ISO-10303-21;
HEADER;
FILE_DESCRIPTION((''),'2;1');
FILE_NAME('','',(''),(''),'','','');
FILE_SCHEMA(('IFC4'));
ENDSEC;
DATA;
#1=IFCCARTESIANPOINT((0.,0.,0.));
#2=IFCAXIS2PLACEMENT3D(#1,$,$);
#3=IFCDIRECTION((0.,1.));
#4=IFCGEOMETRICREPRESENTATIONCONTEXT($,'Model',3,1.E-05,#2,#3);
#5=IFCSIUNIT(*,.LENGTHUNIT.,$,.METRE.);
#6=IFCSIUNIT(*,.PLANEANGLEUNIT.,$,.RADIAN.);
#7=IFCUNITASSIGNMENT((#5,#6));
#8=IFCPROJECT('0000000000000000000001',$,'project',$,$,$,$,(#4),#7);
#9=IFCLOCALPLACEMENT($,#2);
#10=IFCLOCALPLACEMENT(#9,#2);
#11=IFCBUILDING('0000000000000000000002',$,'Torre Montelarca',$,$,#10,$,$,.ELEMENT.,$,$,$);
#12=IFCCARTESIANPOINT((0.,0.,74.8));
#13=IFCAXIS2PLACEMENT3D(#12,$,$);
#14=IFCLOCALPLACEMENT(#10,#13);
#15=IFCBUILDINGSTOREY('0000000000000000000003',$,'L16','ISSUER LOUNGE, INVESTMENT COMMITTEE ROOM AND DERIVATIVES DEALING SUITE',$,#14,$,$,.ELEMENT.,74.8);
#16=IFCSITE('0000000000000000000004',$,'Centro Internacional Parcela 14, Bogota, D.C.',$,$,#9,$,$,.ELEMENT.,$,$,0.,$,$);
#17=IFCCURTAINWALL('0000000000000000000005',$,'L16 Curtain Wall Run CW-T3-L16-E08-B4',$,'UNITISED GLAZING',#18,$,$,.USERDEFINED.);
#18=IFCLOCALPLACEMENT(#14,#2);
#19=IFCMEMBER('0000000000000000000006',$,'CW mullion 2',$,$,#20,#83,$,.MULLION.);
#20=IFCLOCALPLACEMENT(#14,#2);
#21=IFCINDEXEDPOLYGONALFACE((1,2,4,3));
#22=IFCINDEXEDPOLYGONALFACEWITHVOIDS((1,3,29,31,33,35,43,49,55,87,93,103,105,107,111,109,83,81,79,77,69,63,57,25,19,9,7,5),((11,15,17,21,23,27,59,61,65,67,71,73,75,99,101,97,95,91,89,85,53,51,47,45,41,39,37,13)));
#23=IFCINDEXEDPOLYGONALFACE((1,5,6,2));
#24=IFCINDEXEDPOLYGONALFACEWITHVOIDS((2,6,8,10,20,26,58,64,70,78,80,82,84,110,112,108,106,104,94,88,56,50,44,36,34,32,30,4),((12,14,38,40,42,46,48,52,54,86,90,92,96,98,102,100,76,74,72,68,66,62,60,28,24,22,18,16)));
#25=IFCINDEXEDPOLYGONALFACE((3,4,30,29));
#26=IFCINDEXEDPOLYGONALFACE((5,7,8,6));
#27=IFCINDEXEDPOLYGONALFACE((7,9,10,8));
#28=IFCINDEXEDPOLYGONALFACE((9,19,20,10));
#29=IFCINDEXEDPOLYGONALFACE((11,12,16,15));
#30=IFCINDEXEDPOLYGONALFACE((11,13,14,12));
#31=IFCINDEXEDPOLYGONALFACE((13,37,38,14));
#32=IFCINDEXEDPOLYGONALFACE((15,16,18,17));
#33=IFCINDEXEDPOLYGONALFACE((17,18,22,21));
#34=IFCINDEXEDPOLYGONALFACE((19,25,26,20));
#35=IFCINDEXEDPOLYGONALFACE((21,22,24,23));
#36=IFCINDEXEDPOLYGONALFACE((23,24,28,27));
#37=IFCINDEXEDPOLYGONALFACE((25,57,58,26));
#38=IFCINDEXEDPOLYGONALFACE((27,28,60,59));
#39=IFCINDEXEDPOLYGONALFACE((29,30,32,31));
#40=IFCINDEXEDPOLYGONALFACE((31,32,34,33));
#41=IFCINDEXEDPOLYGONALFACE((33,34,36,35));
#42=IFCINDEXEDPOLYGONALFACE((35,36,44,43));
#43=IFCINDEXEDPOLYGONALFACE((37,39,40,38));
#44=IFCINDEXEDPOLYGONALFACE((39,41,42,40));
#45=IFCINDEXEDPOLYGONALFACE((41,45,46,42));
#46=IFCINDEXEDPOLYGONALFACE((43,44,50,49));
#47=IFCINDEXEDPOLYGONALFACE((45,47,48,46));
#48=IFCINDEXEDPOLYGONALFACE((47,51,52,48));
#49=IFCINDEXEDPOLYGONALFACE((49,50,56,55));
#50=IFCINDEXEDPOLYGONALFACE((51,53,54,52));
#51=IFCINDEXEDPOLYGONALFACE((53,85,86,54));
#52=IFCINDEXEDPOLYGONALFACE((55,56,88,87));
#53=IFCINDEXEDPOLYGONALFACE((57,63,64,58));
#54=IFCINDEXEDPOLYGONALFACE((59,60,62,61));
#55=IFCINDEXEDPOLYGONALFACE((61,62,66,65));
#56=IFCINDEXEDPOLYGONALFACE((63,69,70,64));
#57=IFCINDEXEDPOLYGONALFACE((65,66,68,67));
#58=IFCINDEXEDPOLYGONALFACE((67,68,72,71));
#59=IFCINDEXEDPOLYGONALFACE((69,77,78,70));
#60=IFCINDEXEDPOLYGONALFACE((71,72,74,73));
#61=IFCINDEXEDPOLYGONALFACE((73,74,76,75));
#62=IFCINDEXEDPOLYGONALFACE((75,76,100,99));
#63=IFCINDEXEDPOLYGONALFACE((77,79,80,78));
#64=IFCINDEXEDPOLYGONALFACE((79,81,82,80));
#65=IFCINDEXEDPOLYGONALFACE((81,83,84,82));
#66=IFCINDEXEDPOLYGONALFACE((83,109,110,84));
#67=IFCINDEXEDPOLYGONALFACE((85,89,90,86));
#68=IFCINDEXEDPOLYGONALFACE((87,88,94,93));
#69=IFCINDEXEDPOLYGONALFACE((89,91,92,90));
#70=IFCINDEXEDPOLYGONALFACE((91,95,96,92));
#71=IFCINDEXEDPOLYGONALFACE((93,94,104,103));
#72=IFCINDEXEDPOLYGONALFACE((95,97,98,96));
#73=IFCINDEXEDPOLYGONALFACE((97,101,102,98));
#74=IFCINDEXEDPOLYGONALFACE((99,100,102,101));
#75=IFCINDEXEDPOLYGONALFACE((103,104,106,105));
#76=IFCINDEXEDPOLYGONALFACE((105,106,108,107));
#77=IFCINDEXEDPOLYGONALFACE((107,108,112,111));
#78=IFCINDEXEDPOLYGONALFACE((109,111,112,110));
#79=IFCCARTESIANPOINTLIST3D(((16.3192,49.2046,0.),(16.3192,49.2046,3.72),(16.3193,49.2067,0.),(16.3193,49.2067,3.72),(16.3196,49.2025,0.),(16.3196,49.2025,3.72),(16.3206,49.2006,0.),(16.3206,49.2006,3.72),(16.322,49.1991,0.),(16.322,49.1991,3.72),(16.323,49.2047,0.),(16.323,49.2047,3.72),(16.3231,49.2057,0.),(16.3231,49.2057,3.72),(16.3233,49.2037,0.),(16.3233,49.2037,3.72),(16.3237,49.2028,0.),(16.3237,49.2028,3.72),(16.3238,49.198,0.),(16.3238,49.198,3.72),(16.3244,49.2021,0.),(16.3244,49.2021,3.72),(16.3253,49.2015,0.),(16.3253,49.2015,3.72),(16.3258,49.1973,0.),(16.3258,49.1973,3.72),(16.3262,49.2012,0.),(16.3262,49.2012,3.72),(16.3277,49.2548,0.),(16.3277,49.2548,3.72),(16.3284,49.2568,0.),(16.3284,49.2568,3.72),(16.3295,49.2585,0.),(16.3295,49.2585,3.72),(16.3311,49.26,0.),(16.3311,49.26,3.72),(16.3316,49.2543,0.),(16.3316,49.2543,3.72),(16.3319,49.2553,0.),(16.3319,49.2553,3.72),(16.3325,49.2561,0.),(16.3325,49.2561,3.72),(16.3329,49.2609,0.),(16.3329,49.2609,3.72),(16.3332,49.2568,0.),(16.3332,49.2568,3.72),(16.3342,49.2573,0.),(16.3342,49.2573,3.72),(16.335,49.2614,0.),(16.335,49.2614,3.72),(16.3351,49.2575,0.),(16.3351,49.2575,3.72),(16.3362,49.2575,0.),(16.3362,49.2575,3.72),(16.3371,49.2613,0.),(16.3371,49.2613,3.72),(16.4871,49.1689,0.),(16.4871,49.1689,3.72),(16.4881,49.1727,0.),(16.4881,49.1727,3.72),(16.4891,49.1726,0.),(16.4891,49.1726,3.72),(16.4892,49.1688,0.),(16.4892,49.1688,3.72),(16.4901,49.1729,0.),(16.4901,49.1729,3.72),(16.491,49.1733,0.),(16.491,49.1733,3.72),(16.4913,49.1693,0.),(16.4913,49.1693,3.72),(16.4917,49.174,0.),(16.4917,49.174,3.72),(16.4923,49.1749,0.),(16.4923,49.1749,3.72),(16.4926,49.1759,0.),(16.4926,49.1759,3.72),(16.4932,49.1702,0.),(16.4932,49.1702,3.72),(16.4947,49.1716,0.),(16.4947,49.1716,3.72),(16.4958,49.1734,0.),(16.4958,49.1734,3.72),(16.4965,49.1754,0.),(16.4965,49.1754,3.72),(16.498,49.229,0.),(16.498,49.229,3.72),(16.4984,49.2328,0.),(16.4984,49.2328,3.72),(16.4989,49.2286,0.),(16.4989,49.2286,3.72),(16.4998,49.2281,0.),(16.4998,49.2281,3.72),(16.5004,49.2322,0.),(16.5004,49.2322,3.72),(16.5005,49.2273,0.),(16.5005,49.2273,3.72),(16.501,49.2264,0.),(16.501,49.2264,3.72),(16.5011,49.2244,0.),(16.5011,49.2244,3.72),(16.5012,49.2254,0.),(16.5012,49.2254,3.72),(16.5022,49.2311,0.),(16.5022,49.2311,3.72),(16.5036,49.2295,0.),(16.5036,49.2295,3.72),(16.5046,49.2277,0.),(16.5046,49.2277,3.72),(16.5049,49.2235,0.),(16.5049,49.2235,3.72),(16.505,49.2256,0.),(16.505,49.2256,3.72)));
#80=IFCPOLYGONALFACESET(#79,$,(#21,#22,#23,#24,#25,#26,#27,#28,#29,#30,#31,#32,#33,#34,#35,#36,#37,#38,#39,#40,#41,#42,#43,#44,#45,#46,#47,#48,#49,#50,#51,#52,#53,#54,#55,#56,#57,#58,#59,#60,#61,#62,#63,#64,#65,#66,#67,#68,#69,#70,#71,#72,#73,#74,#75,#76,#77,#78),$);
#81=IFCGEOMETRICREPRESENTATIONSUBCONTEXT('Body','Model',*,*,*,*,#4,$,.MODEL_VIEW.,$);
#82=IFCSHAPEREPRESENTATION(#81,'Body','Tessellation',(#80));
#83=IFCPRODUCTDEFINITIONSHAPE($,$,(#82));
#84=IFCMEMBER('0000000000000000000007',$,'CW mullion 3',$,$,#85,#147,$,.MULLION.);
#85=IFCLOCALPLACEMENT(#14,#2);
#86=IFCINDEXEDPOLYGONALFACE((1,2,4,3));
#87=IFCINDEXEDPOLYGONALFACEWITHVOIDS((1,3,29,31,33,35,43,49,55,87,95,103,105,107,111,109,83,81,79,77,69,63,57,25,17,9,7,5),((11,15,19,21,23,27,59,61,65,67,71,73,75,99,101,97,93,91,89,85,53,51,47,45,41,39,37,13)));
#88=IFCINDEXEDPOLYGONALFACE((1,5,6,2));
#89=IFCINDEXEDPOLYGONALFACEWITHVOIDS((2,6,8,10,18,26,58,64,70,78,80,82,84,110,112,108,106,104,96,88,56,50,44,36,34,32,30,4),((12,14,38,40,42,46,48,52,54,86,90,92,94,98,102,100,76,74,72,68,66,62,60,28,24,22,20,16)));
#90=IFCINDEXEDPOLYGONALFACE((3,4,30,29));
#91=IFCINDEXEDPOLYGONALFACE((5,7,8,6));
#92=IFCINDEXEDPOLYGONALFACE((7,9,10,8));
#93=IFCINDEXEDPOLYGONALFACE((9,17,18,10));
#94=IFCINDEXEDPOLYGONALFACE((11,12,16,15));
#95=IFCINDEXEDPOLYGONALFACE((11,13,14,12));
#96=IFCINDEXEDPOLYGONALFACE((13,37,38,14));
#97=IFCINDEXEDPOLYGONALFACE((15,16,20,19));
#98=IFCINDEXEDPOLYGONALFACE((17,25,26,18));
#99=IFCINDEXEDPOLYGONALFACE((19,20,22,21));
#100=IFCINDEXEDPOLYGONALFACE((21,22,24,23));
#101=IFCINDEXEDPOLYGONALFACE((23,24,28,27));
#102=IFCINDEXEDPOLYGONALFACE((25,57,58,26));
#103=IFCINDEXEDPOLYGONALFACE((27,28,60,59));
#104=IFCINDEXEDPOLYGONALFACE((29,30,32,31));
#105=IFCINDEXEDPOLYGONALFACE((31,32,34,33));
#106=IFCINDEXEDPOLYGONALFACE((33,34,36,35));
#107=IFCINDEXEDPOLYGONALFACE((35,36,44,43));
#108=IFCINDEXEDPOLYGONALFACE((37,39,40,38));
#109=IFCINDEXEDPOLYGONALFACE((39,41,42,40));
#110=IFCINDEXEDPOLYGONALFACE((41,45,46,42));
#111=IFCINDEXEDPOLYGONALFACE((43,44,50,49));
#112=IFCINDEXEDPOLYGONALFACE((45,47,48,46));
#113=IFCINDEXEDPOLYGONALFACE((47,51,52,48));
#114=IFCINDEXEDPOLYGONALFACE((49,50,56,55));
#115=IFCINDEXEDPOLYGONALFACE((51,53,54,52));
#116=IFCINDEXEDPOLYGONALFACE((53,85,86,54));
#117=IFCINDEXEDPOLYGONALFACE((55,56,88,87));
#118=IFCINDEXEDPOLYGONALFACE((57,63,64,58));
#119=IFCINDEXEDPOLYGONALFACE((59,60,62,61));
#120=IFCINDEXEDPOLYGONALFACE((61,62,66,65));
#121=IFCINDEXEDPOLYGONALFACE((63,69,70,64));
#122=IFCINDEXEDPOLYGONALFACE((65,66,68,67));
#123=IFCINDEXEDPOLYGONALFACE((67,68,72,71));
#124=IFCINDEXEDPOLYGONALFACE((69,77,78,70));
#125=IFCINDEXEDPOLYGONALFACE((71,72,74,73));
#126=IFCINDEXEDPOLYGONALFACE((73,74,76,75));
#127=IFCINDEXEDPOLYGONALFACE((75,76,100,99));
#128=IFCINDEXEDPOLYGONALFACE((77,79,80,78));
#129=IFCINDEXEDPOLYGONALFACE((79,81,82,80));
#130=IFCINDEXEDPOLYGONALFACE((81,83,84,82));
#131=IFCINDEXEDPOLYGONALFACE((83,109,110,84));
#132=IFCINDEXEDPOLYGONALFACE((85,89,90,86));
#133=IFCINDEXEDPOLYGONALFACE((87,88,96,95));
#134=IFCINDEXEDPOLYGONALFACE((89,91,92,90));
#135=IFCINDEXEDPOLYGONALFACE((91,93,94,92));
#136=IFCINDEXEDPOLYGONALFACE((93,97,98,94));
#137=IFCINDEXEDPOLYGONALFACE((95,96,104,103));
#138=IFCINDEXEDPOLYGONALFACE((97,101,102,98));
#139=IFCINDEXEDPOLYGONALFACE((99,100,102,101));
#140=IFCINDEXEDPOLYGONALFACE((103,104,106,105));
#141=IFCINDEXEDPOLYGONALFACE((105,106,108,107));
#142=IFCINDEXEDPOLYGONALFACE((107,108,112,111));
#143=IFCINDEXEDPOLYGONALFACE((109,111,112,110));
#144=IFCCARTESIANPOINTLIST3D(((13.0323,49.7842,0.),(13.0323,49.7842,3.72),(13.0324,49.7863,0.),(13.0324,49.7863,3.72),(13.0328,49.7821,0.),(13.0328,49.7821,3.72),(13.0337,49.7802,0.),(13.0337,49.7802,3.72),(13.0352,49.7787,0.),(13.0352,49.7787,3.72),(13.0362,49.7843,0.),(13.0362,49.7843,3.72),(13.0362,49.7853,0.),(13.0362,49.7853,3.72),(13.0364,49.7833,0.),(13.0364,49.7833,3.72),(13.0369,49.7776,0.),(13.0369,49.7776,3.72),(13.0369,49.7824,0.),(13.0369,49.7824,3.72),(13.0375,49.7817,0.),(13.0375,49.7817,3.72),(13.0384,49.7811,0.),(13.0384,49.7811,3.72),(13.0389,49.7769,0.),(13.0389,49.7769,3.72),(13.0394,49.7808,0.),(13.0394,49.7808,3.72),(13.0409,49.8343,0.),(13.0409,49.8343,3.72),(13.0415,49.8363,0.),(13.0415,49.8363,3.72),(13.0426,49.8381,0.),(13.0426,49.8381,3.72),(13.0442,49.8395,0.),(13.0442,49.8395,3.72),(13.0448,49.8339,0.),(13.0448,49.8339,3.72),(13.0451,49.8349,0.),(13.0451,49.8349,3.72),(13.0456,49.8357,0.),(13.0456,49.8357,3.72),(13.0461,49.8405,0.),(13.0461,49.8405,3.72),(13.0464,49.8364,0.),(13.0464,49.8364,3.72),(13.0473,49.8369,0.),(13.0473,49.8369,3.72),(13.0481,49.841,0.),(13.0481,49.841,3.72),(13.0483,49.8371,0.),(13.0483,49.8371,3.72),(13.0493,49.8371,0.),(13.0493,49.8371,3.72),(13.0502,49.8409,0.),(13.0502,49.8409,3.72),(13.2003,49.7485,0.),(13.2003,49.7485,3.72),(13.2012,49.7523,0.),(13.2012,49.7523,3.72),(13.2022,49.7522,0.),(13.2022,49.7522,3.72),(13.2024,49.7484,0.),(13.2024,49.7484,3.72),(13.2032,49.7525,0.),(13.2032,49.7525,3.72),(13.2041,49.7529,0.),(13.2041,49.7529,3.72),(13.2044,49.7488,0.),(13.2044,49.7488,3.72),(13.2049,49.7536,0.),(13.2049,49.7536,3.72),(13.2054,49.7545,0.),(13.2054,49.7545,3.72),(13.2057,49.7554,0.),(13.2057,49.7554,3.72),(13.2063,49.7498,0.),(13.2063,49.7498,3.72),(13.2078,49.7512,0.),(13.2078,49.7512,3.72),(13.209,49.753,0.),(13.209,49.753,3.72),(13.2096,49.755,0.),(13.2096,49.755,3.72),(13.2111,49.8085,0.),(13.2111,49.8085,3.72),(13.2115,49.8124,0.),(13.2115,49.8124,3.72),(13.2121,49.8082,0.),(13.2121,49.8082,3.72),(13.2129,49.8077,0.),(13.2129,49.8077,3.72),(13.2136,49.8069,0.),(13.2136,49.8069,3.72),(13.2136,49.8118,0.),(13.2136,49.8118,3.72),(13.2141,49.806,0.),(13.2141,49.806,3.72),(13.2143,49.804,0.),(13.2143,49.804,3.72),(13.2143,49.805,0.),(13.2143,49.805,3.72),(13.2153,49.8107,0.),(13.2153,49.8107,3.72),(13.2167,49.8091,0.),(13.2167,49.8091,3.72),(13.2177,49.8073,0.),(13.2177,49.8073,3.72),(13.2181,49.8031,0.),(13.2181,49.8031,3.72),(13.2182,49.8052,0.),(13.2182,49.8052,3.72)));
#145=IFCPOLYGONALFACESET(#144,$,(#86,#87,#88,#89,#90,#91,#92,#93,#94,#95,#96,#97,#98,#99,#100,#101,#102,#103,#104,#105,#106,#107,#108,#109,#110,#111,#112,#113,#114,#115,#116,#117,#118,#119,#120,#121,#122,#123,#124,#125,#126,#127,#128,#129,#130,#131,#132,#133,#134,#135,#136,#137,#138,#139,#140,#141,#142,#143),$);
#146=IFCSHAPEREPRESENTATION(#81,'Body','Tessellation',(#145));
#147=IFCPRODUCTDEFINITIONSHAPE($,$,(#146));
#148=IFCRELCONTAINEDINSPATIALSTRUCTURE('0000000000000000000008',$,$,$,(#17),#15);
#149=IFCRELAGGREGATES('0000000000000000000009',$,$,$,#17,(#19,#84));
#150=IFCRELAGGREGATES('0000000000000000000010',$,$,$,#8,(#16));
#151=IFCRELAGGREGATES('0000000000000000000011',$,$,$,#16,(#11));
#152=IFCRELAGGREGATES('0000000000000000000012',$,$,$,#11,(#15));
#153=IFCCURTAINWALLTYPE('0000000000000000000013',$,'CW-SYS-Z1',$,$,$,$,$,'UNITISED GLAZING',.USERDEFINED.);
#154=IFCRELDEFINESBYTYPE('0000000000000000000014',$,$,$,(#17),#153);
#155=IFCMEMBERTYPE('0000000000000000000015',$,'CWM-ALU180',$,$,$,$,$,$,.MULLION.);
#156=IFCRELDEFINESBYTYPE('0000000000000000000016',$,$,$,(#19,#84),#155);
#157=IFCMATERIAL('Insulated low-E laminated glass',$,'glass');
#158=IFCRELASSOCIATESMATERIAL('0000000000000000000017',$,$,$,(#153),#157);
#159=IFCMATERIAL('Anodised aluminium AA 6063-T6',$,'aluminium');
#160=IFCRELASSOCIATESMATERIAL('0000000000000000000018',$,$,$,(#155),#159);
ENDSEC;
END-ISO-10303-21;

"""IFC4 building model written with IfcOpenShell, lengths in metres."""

from ifc_helpers import new_model, si_unit, direction, frame, origin, origin_2d, place, context, subcontext, project, spatial, hollow_rectangle, extrude, source, transform, mapped, material, material_profile, profile_set, type_object, element, aggregate, save


model = new_model("IFC4")

# Units and contexts
model_context = context("Model", 3, precision=1e-05, world=origin(), true_north=direction((0.0, 1.0)))
body_context = subcontext(model_context, "Body", "Model", "MODEL_VIEW")
ifc_project = project(units=[si_unit("LENGTHUNIT", "METRE"), si_unit("PLANEANGLEUNIT", "RADIAN")], contexts=[model_context])

# Site, building, storey
site_placement = place(None, origin())
site = spatial("IfcSite", under=ifc_project, at=site_placement, Name="Centro Internacional Parcela 14, Bogota, D.C.", CompositionType="ELEMENT", RefElevation=0.0)
building_placement = place(site_placement, origin())
building = spatial("IfcBuilding", under=site, at=building_placement, Name="Torre Montelarca", CompositionType="ELEMENT")
storey_placement = place(building_placement, frame((0.0, 0.0, 74.8)))
storey = spatial("IfcBuildingStorey", under=building, at=storey_placement, Name="L16", Description="ISSUER LOUNGE, INVESTMENT COMMITTEE ROOM AND DERIVATIVES DEALING SUITE", CompositionType="ELEMENT", Elevation=74.8)

# Curtain wall
ifc_material_1 = material(Name="Insulated low-E laminated glass", Category="glass")
curtain_wall_type = type_object("IfcCurtainWallType", Name="CW-SYS-Z1", ElementType="UNITISED GLAZING", PredefinedType="USERDEFINED", material=ifc_material_1)
curtain_wall_1_placement = place(storey_placement, origin())
curtain_wall_1 = element("IfcCurtainWall", 1, at=curtain_wall_1_placement, inside=storey, type_object=curtain_wall_type, Name="L16 Curtain Wall Run CW-T3-L16-E08-B4", ObjectType="UNITISED GLAZING", PredefinedType="USERDEFINED")
ifc_material_2 = material(Name="Anodised aluminium AA 6063-T6", Category="aluminium")

# Shared definitions
ifc_material_profile_1 = material_profile(ifc_material_2, hollow_rectangle(XDim=0.0649, YDim=0.1799, WallThickness=0.0039, InnerFilletRadius=0.0039, OuterFilletRadius=0.0081, at=origin_2d()), Name="ALU65X180X4", Category="aluminium")
ifc_profile_set_1 = profile_set([ifc_material_profile_1], Name="Anodised aluminium AA 6063-T6")
member_type_1 = type_object("IfcMemberType", Name="CWM-ALU180", PredefinedType="MULLION", material=ifc_profile_set_1)
shared_shape_1 = source(origin(), body_context, "Body", "SweptSolid", [
    extrude(hollow_rectangle(XDim=0.0649, YDim=0.1799, WallThickness=0.0039, InnerFilletRadius=0.0039, OuterFilletRadius=0.0081, at=origin_2d()), origin(), (0.0, 0.0, 1.0), 3.72),
])

# Members
member_1_placement = place(storey_placement, frame((16.4121, 49.2151, 0.0), z_axis=(0.0, 0.0, 1.0), x_axis=(-0.173652, -0.984807, 0.0)))
member_1 = element("IfcMember", 2, at=member_1_placement, type_object=member_type_1, Name="CW mullion 2", PredefinedType="MULLION", context=body_context, shape_type="MappedRepresentation", body=[
    mapped(shared_shape_1, transform((0.0, 0.0, 0.0), scale=1.0)),
])
member_2_placement = place(storey_placement, frame((13.1252, 49.7947, 0.0), z_axis=(0.0, 0.0, 1.0), x_axis=(-0.173652, -0.984807, 0.0)))
member_2 = element("IfcMember", 3, at=member_2_placement, type_object=member_type_1, Name="CW mullion 3", PredefinedType="MULLION", context=body_context, shape_type="MappedRepresentation", body=[
    mapped(shared_shape_1, transform((0.0, 0.0, 0.0), scale=1.0)),
])

aggregate(curtain_wall_1, [member_1, member_2])

save(model, "model.ifc")
